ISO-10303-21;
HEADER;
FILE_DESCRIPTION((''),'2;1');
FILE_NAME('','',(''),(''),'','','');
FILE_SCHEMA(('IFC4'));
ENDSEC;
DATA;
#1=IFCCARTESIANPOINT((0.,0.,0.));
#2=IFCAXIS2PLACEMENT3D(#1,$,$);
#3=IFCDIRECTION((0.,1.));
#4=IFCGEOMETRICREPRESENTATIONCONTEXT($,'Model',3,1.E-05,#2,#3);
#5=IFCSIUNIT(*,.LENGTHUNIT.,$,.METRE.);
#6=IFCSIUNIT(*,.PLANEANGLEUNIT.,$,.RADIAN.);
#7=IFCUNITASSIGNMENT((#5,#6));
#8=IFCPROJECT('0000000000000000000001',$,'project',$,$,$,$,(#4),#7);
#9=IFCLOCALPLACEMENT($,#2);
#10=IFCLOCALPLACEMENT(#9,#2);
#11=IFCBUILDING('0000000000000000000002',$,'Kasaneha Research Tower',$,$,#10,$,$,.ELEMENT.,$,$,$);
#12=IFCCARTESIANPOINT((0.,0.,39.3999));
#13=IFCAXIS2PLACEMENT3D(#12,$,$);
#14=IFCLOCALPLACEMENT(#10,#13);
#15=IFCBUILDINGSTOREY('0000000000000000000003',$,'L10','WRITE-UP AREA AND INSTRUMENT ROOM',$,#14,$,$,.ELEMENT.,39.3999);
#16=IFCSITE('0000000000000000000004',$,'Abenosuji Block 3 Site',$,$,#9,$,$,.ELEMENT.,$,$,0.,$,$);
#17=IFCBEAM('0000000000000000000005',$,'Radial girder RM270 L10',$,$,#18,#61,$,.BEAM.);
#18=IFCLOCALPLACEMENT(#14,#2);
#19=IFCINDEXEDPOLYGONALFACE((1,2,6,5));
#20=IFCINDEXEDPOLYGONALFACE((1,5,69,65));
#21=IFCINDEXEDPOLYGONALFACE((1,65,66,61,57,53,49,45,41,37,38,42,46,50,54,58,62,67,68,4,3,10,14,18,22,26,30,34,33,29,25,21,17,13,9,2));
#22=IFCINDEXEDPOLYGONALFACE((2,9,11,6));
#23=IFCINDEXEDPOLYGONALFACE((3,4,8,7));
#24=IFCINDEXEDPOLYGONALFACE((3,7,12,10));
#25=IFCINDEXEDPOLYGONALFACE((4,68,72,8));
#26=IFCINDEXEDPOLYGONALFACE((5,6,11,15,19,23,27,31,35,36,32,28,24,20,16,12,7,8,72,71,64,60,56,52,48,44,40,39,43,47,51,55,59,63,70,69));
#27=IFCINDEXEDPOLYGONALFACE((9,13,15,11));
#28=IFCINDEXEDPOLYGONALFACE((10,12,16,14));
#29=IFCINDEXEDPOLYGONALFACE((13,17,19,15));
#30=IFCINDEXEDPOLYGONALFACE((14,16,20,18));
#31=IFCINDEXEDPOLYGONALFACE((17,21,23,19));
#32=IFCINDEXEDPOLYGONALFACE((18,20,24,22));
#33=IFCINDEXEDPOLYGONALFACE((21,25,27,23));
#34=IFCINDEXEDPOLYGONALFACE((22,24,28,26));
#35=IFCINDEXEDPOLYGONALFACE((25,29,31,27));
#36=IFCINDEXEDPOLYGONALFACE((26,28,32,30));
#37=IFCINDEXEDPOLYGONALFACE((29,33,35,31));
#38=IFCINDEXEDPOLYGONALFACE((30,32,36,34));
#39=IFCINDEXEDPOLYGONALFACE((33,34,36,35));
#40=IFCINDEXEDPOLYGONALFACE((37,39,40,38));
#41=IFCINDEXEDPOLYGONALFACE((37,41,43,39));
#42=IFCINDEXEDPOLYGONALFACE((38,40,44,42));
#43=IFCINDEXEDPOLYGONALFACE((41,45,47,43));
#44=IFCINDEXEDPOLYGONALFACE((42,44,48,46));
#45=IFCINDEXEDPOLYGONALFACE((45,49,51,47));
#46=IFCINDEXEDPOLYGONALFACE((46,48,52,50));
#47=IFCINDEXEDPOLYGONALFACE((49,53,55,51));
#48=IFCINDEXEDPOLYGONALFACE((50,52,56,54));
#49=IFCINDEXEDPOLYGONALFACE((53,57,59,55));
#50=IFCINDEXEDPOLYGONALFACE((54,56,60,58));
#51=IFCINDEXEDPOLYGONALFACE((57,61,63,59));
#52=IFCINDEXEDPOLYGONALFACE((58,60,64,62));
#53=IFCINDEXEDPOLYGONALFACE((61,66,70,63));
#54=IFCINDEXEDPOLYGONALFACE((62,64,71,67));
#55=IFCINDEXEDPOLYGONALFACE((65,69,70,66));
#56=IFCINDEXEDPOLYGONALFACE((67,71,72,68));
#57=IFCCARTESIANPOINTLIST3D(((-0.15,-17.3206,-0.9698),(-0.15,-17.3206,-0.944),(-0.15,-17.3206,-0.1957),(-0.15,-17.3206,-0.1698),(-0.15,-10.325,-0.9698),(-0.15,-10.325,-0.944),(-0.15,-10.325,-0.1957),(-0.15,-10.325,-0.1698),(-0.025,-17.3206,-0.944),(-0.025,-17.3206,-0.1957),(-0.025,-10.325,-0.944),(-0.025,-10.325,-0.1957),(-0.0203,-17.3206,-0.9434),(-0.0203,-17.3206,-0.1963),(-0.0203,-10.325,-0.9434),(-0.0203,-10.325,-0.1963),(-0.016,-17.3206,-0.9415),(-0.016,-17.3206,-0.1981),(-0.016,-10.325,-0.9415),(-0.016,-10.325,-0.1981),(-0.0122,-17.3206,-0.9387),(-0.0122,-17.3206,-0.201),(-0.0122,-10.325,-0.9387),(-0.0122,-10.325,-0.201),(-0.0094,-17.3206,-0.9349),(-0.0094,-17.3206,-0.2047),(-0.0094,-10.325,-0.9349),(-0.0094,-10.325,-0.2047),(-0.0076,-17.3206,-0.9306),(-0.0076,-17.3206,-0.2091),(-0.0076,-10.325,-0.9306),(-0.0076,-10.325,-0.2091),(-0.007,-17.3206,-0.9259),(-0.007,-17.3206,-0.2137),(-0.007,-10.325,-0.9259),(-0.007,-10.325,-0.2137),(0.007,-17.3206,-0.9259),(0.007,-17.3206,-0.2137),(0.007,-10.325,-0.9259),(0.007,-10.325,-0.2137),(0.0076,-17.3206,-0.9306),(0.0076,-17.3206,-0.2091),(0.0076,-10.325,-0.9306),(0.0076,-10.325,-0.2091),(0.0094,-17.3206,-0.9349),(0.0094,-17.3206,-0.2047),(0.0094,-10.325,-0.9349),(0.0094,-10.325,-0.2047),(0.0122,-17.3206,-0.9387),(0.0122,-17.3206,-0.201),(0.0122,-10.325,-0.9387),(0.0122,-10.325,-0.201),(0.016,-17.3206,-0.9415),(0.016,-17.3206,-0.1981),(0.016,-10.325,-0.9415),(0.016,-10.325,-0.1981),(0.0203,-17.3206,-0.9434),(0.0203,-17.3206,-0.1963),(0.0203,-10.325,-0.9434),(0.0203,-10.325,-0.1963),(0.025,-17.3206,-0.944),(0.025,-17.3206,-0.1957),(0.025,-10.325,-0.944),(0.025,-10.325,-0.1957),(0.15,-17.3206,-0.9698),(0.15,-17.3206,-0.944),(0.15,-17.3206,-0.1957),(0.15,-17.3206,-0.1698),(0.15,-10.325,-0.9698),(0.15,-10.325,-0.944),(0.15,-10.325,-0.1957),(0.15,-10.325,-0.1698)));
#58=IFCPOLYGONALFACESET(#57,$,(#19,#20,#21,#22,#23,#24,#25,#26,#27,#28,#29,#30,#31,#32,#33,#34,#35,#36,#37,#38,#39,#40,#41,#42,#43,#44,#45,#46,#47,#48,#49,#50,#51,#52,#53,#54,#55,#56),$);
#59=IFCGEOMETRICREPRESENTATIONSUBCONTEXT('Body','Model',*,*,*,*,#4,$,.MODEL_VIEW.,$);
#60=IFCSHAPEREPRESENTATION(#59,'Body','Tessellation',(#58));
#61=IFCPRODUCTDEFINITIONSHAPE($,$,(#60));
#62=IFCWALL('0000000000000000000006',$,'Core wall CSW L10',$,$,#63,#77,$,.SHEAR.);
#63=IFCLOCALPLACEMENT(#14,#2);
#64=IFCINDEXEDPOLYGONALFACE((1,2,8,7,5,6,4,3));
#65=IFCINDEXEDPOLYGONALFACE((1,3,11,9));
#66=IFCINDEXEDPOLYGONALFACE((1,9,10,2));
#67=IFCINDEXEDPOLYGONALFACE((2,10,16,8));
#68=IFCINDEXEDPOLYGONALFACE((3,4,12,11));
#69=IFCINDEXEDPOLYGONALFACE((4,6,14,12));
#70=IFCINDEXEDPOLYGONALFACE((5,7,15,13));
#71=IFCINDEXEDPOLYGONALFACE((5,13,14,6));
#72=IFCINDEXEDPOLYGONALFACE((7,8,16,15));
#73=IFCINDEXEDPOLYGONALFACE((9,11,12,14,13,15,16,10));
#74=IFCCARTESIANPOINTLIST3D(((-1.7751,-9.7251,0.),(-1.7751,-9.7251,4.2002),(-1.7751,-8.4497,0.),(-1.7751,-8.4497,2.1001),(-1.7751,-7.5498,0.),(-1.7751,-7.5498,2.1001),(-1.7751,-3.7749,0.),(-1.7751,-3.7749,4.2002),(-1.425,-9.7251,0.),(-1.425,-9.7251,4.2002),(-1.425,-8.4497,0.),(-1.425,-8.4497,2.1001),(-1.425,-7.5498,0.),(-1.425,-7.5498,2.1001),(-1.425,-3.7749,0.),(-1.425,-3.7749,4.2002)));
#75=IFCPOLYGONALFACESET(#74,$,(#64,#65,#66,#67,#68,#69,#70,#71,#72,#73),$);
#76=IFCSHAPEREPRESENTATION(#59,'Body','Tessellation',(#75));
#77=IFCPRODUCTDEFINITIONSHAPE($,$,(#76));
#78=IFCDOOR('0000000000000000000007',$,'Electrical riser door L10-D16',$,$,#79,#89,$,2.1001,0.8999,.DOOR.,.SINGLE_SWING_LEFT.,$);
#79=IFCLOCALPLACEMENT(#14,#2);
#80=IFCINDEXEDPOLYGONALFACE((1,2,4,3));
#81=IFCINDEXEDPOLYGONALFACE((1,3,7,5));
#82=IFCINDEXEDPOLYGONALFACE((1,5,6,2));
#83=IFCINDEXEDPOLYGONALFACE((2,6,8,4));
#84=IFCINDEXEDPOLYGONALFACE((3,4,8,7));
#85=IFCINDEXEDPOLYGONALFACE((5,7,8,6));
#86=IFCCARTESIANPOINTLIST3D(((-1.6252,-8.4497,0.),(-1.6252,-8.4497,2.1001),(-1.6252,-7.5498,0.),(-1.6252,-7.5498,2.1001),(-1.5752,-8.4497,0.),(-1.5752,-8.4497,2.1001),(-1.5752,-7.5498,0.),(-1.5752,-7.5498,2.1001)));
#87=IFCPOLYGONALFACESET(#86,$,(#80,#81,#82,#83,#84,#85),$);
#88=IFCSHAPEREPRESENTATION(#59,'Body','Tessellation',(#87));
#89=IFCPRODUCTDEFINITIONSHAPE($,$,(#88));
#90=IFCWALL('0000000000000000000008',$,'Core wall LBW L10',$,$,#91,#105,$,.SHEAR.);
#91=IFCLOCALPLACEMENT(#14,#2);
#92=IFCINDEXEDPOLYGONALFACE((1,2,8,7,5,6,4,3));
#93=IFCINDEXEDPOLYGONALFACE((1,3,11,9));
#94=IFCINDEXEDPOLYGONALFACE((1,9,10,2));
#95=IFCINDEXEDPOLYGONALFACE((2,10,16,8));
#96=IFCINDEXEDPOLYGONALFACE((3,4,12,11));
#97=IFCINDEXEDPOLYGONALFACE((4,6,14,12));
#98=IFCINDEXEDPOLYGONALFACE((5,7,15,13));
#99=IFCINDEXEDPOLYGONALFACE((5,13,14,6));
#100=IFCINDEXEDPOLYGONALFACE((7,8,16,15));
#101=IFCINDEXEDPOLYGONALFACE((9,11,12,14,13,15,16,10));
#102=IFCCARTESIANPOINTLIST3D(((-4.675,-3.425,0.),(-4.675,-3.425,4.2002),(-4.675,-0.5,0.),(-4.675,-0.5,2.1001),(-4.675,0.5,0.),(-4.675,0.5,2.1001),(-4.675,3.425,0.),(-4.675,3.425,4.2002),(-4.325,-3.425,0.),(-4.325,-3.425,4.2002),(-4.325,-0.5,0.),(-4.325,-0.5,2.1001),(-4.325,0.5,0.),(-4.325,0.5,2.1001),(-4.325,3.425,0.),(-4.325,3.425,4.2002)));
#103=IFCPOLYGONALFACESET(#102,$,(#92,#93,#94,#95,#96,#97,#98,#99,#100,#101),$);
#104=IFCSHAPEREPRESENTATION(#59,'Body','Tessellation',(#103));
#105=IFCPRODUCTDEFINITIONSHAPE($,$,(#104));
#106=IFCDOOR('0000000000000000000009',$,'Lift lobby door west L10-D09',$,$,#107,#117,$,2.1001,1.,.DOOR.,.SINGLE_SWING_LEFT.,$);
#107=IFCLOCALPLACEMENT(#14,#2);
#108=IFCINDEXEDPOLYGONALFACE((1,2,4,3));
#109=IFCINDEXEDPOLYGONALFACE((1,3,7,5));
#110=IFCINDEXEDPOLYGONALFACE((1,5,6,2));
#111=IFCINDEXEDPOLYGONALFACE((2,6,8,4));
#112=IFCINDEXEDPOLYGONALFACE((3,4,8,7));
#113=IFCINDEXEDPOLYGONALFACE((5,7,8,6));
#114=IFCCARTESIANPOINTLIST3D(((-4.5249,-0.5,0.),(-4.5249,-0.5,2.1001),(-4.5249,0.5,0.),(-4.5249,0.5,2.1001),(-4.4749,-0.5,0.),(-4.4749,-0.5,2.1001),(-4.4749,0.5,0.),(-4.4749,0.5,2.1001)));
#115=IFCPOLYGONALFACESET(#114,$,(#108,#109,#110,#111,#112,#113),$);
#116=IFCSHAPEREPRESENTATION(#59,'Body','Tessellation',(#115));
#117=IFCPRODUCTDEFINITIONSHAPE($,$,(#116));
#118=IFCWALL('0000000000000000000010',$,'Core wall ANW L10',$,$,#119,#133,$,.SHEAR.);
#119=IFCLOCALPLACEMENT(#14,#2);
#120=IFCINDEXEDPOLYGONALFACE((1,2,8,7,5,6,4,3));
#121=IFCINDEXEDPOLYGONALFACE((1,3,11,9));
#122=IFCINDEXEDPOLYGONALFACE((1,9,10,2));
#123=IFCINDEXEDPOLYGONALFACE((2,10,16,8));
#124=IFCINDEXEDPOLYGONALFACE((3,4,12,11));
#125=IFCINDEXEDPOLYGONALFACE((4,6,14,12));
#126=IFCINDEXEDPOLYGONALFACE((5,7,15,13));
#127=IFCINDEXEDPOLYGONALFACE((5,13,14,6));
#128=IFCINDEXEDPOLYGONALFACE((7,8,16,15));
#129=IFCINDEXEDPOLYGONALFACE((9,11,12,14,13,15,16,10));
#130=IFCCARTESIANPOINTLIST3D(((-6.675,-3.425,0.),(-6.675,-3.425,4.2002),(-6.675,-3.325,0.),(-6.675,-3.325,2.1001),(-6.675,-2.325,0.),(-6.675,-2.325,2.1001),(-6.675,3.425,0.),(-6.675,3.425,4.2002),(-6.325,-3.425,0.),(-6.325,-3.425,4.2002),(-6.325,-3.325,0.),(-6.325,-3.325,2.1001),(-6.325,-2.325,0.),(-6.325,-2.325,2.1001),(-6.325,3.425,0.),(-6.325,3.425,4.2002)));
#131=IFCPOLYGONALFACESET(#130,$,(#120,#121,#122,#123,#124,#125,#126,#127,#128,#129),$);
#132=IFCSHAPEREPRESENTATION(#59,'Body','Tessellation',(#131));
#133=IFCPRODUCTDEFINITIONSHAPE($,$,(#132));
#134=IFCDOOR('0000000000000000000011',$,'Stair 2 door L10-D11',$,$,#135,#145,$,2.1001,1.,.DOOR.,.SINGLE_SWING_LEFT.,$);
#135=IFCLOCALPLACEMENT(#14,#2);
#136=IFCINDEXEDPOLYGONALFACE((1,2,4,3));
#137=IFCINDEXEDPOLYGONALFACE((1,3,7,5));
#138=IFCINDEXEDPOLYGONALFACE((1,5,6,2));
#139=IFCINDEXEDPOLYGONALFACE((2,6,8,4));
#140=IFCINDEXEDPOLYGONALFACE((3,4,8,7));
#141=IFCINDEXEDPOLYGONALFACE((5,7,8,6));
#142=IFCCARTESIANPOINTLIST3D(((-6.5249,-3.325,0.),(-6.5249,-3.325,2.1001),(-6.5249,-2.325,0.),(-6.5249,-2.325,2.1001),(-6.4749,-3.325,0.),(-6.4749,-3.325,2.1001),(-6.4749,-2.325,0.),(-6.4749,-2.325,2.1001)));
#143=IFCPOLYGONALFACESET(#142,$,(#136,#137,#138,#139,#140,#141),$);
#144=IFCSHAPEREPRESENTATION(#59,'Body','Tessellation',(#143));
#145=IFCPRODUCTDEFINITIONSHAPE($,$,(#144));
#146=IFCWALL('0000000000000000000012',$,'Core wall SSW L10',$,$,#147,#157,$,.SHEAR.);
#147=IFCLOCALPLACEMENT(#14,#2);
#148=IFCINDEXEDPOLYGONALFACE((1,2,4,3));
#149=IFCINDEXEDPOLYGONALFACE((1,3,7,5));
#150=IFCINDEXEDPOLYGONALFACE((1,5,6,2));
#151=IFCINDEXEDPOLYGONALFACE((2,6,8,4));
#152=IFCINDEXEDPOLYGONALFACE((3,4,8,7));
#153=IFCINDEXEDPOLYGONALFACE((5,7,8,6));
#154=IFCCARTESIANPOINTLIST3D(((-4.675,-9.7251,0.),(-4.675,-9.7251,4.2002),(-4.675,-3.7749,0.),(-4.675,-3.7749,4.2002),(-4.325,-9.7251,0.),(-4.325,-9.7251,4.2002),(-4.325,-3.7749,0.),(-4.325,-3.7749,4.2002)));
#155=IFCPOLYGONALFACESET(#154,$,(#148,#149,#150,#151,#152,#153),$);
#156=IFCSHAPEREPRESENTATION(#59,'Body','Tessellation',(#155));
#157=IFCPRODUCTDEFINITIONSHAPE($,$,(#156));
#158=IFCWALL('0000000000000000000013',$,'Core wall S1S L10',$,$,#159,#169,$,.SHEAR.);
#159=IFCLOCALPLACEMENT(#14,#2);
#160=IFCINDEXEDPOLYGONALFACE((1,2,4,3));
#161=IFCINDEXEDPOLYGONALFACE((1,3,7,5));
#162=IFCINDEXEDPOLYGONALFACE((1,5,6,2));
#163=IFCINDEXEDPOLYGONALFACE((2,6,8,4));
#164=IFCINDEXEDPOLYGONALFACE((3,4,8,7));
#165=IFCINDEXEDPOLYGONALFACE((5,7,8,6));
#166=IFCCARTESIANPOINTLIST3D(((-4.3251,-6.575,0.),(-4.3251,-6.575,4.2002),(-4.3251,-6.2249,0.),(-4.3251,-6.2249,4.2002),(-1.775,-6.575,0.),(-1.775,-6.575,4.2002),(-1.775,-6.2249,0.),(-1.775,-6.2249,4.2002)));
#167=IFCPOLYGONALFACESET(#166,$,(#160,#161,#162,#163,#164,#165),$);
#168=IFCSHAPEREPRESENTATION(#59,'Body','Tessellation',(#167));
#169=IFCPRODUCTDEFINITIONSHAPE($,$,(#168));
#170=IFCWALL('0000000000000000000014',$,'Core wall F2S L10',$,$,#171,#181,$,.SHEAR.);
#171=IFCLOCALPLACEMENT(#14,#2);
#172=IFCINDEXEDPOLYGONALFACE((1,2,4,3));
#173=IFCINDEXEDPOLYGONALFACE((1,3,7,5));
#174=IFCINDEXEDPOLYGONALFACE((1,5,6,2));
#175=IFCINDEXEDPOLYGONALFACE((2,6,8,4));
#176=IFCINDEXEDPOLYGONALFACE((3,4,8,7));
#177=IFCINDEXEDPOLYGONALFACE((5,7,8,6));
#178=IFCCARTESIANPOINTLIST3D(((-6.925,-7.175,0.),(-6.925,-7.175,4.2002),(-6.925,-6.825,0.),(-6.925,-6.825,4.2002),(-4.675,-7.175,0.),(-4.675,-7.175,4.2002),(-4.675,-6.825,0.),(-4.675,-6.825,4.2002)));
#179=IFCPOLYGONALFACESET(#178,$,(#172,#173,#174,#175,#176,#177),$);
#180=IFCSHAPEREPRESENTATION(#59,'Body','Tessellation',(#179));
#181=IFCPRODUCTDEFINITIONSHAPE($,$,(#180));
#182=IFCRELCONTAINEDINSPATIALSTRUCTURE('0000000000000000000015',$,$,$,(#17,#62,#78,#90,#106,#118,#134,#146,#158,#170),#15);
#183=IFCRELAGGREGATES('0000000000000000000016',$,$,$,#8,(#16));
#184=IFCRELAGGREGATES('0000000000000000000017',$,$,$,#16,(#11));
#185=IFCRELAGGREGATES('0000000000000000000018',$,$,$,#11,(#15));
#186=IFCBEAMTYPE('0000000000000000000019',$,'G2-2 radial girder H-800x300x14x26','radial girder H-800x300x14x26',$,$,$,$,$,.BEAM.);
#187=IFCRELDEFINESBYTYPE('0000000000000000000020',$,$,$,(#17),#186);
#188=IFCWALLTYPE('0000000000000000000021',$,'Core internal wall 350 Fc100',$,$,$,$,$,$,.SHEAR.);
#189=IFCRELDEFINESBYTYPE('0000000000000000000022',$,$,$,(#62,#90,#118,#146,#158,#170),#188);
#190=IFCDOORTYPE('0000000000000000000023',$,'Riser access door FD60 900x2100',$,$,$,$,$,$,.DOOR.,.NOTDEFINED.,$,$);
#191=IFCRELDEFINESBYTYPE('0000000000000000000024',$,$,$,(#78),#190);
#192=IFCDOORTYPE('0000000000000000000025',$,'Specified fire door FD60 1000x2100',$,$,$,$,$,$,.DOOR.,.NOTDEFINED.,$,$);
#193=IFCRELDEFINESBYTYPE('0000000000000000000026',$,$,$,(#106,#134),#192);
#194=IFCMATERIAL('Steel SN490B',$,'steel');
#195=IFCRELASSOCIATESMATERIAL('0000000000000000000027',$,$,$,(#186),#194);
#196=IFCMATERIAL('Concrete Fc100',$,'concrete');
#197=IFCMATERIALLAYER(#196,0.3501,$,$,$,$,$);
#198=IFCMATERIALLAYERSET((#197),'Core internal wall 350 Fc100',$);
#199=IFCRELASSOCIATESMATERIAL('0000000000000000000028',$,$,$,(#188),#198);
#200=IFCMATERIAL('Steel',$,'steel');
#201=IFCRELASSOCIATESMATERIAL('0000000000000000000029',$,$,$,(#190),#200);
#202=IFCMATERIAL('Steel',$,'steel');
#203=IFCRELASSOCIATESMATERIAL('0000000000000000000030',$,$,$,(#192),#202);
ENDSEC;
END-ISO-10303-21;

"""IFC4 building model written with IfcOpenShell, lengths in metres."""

from ifc_helpers import new_model, si_unit, direction, frame, frame_2d, origin, origin_2d, place, context, subcontext, project, spatial, rectangle, i_section, extrude, material, layer, layer_set, material_profile, profile_set, type_object, element, fill, save


model = new_model("IFC4")

# Units and contexts
model_context = context("Model", 3, precision=1e-05, world=origin(), true_north=direction((0.0, 1.0)))
body_context = subcontext(model_context, "Body", "Model", "MODEL_VIEW")
ifc_project = project(units=[si_unit("LENGTHUNIT", "METRE"), si_unit("PLANEANGLEUNIT", "RADIAN")], contexts=[model_context])

# Site, building, storey
site_placement = place(None, origin())
site = spatial("IfcSite", under=ifc_project, at=site_placement, Name="Abenosuji Block 3 Site", CompositionType="ELEMENT", RefElevation=0.0)
building_placement = place(site_placement, origin())
building = spatial("IfcBuilding", under=site, at=building_placement, Name="Kasaneha Research Tower", CompositionType="ELEMENT")
storey_placement = place(building_placement, frame((0.0, 0.0, 39.3999)))
storey = spatial("IfcBuildingStorey", under=building, at=storey_placement, Name="L10", Description="WRITE-UP AREA AND INSTRUMENT ROOM", CompositionType="ELEMENT", Elevation=39.3999)

# Beam
ifc_material_1 = material(Name="Steel SN490B", Category="steel")
ifc_material_profile_1 = material_profile(ifc_material_1, i_section(OverallWidth=0.3, OverallDepth=0.8, WebThickness=0.0139, FlangeThickness=0.0259, FilletRadius=0.0181, at=origin_2d()), Name="H-800x300x14x26")
ifc_profile_set_1 = profile_set([ifc_material_profile_1], Name="Steel SN490B")
beam_type_1 = type_object("IfcBeamType", Name="G2-2 radial girder H-800x300x14x26", Description="radial girder H-800x300x14x26", PredefinedType="BEAM", material=ifc_profile_set_1)
beam_1_placement = place(storey_placement, frame((0.0, -10.325, -0.5698), z_axis=(0.0, -1.0, 0.0), x_axis=(1.0, 0.0, 0.0)))
element("IfcBeam", 1, at=beam_1_placement, inside=storey, type_object=beam_type_1, Name="Radial girder RM270 L10", PredefinedType="BEAM", context=body_context, shape_type="SweptSolid", body=[
    extrude(i_section(OverallWidth=0.3, OverallDepth=0.8, WebThickness=0.0139, FlangeThickness=0.0259, FilletRadius=0.0181, at=origin_2d()), origin(), (0.0, 0.0, 1.0), 6.9956),
])

# Walls, openings, doors
ifc_material_2 = material(Name="Concrete Fc100", Category="concrete")
ifc_layer_1 = layer(ifc_material_2, 0.3501)
ifc_layer_set_1 = layer_set([ifc_layer_1], Name="Core internal wall 350 Fc100")
wall_type_1 = type_object("IfcWallType", Name="Core internal wall 350 Fc100", PredefinedType="SHEAR", material=ifc_layer_set_1)
wall_1_placement = place(storey_placement, frame((-1.6001, -3.7749, 0.0), z_axis=(0.0, 0.0, 1.0), x_axis=(0.0, -1.0, 0.0)))
wall_1 = element("IfcWall", 2, at=wall_1_placement, inside=storey, type_object=wall_type_1, Name="Core wall CSW L10", PredefinedType="SHEAR", context=body_context, shape_type="SweptSolid", body=[
    extrude(rectangle(XDim=5.9502, YDim=0.3501, at=frame_2d((2.9751, 0.0))), origin(), (0.0, 0.0, 1.0), 4.2002),
])
opening_1_placement = place(wall_1_placement, frame((3.7749, 0.0, 0.0)))
opening_1 = element("IfcOpeningElement", 3, at=opening_1_placement, cuts=wall_1, PredefinedType="OPENING", context=body_context, shape_type="SweptSolid", body=[
    extrude(rectangle(XDim=0.8999, YDim=2.1001, at=frame_2d((0.45, 1.05))), frame((0.0, 0.1851, 0.0), z_axis=(0.0, -1.0, 0.0), x_axis=(1.0, 0.0, 0.0)), (0.0, 0.0, 1.0), 0.3701),
])
ifc_material_3 = material(Name="Steel", Category="steel")
door_type_1 = type_object("IfcDoorType", Name="Riser access door FD60 900x2100", OperationType="NOTDEFINED", PredefinedType="DOOR", material=ifc_material_3)
door_1_placement = place(opening_1_placement, origin())
door_1 = element("IfcDoor", 4, at=door_1_placement, inside=storey, type_object=door_type_1, Name="Electrical riser door L10-D16", OperationType="SINGLE_SWING_LEFT", OverallHeight=2.1001, OverallWidth=0.8999, PredefinedType="DOOR", context=body_context, shape_type="SweptSolid", body=[
    extrude(rectangle(XDim=0.8999, YDim=2.1001, at=frame_2d((0.45, 1.05))), frame((0.0, 0.0249, 0.0), z_axis=(0.0, -1.0, 0.0), x_axis=(1.0, 0.0, 0.0)), (0.0, 0.0, 1.0), 0.05),
])
fill(opening_1, door_1)
wall_2_placement = place(storey_placement, frame((-4.5, -3.425, 0.0), z_axis=(0.0, 0.0, 1.0), x_axis=(0.0, 1.0, 0.0)))
wall_2 = element("IfcWall", 5, at=wall_2_placement, inside=storey, type_object=wall_type_1, Name="Core wall LBW L10", PredefinedType="SHEAR", context=body_context, shape_type="SweptSolid", body=[
    extrude(rectangle(XDim=6.8501, YDim=0.3501, at=frame_2d((3.425, 0.0))), origin(), (0.0, 0.0, 1.0), 4.2002),
])
opening_2_placement = place(wall_2_placement, frame((2.925, 0.0, 0.0)))
opening_2 = element("IfcOpeningElement", 6, at=opening_2_placement, cuts=wall_2, PredefinedType="OPENING", context=body_context, shape_type="SweptSolid", body=[
    extrude(rectangle(XDim=1.0, YDim=2.1001, at=frame_2d((0.5, 1.05))), frame((0.0, 0.1851, 0.0), z_axis=(0.0, -1.0, 0.0), x_axis=(1.0, 0.0, 0.0)), (0.0, 0.0, 1.0), 0.3701),
])
ifc_material_4 = material(Name="Steel", Category="steel")
door_type_2 = type_object("IfcDoorType", Name="Specified fire door FD60 1000x2100", OperationType="NOTDEFINED", PredefinedType="DOOR", material=ifc_material_4)
door_2_placement = place(opening_2_placement, origin())
door_2 = element("IfcDoor", 7, at=door_2_placement, inside=storey, type_object=door_type_2, Name="Lift lobby door west L10-D09", OperationType="SINGLE_SWING_LEFT", OverallHeight=2.1001, OverallWidth=1.0, PredefinedType="DOOR", context=body_context, shape_type="SweptSolid", body=[
    extrude(rectangle(XDim=1.0, YDim=2.1001, at=frame_2d((0.5, 1.05))), frame((0.0, 0.0249, 0.0), z_axis=(0.0, -1.0, 0.0), x_axis=(1.0, 0.0, 0.0)), (0.0, 0.0, 1.0), 0.05),
])
fill(opening_2, door_2)
wall_3_placement = place(storey_placement, frame((-6.5, -3.425, 0.0), z_axis=(0.0, 0.0, 1.0), x_axis=(0.0, 1.0, 0.0)))
wall_3 = element("IfcWall", 8, at=wall_3_placement, inside=storey, type_object=wall_type_1, Name="Core wall ANW L10", PredefinedType="SHEAR", context=body_context, shape_type="SweptSolid", body=[
    extrude(rectangle(XDim=6.8501, YDim=0.3501, at=frame_2d((3.425, 0.0))), origin(), (0.0, 0.0, 1.0), 4.2002),
])
opening_3_placement = place(wall_3_placement, frame((0.1001, 0.0, 0.0)))
opening_3 = element("IfcOpeningElement", 9, at=opening_3_placement, cuts=wall_3, PredefinedType="OPENING", context=body_context, shape_type="SweptSolid", body=[
    extrude(rectangle(XDim=1.0, YDim=2.1001, at=frame_2d((0.5, 1.05))), frame((0.0, 0.1851, 0.0), z_axis=(0.0, -1.0, 0.0), x_axis=(1.0, 0.0, 0.0)), (0.0, 0.0, 1.0), 0.3701),
])
door_3_placement = place(opening_3_placement, origin())
door_3 = element("IfcDoor", 10, at=door_3_placement, inside=storey, type_object=door_type_2, Name="Stair 2 door L10-D11", OperationType="SINGLE_SWING_LEFT", OverallHeight=2.1001, OverallWidth=1.0, PredefinedType="DOOR", context=body_context, shape_type="SweptSolid", body=[
    extrude(rectangle(XDim=1.0, YDim=2.1001, at=frame_2d((0.5, 1.05))), frame((0.0, 0.0249, 0.0), z_axis=(0.0, -1.0, 0.0), x_axis=(1.0, 0.0, 0.0)), (0.0, 0.0, 1.0), 0.05),
])
fill(opening_3, door_3)

# Walls
wall_4_placement = place(storey_placement, frame((-4.5, -3.7749, 0.0), z_axis=(0.0, 0.0, 1.0), x_axis=(0.0, -1.0, 0.0)))
element("IfcWall", 11, at=wall_4_placement, inside=storey, type_object=wall_type_1, Name="Core wall SSW L10", PredefinedType="SHEAR", context=body_context, shape_type="SweptSolid", body=[
    extrude(rectangle(XDim=5.9502, YDim=0.3501, at=frame_2d((2.9751, 0.0))), origin(), (0.0, 0.0, 1.0), 4.2002),
])
wall_5_placement = place(storey_placement, frame((-4.325, -6.3999, 0.0), z_axis=(0.0, 0.0, 1.0), x_axis=(1.0, 0.0, 0.0)))
element("IfcWall", 12, at=wall_5_placement, inside=storey, type_object=wall_type_1, Name="Core wall S1S L10", PredefinedType="SHEAR", context=body_context, shape_type="SweptSolid", body=[
    extrude(rectangle(XDim=2.55, YDim=0.3501, at=frame_2d((1.2749, 0.0))), origin(), (0.0, 0.0, 1.0), 4.2002),
])
wall_6_placement = place(storey_placement, frame((-6.925, -7.0, 0.0), z_axis=(0.0, 0.0, 1.0), x_axis=(1.0, 0.0, 0.0)))
element("IfcWall", 13, at=wall_6_placement, inside=storey, type_object=wall_type_1, Name="Core wall F2S L10", PredefinedType="SHEAR", context=body_context, shape_type="SweptSolid", body=[
    extrude(rectangle(XDim=2.25, YDim=0.3501, at=frame_2d((1.125, 0.0))), origin(), (0.0, 0.0, 1.0), 4.2002),
])

save(model, "model.ifc")
